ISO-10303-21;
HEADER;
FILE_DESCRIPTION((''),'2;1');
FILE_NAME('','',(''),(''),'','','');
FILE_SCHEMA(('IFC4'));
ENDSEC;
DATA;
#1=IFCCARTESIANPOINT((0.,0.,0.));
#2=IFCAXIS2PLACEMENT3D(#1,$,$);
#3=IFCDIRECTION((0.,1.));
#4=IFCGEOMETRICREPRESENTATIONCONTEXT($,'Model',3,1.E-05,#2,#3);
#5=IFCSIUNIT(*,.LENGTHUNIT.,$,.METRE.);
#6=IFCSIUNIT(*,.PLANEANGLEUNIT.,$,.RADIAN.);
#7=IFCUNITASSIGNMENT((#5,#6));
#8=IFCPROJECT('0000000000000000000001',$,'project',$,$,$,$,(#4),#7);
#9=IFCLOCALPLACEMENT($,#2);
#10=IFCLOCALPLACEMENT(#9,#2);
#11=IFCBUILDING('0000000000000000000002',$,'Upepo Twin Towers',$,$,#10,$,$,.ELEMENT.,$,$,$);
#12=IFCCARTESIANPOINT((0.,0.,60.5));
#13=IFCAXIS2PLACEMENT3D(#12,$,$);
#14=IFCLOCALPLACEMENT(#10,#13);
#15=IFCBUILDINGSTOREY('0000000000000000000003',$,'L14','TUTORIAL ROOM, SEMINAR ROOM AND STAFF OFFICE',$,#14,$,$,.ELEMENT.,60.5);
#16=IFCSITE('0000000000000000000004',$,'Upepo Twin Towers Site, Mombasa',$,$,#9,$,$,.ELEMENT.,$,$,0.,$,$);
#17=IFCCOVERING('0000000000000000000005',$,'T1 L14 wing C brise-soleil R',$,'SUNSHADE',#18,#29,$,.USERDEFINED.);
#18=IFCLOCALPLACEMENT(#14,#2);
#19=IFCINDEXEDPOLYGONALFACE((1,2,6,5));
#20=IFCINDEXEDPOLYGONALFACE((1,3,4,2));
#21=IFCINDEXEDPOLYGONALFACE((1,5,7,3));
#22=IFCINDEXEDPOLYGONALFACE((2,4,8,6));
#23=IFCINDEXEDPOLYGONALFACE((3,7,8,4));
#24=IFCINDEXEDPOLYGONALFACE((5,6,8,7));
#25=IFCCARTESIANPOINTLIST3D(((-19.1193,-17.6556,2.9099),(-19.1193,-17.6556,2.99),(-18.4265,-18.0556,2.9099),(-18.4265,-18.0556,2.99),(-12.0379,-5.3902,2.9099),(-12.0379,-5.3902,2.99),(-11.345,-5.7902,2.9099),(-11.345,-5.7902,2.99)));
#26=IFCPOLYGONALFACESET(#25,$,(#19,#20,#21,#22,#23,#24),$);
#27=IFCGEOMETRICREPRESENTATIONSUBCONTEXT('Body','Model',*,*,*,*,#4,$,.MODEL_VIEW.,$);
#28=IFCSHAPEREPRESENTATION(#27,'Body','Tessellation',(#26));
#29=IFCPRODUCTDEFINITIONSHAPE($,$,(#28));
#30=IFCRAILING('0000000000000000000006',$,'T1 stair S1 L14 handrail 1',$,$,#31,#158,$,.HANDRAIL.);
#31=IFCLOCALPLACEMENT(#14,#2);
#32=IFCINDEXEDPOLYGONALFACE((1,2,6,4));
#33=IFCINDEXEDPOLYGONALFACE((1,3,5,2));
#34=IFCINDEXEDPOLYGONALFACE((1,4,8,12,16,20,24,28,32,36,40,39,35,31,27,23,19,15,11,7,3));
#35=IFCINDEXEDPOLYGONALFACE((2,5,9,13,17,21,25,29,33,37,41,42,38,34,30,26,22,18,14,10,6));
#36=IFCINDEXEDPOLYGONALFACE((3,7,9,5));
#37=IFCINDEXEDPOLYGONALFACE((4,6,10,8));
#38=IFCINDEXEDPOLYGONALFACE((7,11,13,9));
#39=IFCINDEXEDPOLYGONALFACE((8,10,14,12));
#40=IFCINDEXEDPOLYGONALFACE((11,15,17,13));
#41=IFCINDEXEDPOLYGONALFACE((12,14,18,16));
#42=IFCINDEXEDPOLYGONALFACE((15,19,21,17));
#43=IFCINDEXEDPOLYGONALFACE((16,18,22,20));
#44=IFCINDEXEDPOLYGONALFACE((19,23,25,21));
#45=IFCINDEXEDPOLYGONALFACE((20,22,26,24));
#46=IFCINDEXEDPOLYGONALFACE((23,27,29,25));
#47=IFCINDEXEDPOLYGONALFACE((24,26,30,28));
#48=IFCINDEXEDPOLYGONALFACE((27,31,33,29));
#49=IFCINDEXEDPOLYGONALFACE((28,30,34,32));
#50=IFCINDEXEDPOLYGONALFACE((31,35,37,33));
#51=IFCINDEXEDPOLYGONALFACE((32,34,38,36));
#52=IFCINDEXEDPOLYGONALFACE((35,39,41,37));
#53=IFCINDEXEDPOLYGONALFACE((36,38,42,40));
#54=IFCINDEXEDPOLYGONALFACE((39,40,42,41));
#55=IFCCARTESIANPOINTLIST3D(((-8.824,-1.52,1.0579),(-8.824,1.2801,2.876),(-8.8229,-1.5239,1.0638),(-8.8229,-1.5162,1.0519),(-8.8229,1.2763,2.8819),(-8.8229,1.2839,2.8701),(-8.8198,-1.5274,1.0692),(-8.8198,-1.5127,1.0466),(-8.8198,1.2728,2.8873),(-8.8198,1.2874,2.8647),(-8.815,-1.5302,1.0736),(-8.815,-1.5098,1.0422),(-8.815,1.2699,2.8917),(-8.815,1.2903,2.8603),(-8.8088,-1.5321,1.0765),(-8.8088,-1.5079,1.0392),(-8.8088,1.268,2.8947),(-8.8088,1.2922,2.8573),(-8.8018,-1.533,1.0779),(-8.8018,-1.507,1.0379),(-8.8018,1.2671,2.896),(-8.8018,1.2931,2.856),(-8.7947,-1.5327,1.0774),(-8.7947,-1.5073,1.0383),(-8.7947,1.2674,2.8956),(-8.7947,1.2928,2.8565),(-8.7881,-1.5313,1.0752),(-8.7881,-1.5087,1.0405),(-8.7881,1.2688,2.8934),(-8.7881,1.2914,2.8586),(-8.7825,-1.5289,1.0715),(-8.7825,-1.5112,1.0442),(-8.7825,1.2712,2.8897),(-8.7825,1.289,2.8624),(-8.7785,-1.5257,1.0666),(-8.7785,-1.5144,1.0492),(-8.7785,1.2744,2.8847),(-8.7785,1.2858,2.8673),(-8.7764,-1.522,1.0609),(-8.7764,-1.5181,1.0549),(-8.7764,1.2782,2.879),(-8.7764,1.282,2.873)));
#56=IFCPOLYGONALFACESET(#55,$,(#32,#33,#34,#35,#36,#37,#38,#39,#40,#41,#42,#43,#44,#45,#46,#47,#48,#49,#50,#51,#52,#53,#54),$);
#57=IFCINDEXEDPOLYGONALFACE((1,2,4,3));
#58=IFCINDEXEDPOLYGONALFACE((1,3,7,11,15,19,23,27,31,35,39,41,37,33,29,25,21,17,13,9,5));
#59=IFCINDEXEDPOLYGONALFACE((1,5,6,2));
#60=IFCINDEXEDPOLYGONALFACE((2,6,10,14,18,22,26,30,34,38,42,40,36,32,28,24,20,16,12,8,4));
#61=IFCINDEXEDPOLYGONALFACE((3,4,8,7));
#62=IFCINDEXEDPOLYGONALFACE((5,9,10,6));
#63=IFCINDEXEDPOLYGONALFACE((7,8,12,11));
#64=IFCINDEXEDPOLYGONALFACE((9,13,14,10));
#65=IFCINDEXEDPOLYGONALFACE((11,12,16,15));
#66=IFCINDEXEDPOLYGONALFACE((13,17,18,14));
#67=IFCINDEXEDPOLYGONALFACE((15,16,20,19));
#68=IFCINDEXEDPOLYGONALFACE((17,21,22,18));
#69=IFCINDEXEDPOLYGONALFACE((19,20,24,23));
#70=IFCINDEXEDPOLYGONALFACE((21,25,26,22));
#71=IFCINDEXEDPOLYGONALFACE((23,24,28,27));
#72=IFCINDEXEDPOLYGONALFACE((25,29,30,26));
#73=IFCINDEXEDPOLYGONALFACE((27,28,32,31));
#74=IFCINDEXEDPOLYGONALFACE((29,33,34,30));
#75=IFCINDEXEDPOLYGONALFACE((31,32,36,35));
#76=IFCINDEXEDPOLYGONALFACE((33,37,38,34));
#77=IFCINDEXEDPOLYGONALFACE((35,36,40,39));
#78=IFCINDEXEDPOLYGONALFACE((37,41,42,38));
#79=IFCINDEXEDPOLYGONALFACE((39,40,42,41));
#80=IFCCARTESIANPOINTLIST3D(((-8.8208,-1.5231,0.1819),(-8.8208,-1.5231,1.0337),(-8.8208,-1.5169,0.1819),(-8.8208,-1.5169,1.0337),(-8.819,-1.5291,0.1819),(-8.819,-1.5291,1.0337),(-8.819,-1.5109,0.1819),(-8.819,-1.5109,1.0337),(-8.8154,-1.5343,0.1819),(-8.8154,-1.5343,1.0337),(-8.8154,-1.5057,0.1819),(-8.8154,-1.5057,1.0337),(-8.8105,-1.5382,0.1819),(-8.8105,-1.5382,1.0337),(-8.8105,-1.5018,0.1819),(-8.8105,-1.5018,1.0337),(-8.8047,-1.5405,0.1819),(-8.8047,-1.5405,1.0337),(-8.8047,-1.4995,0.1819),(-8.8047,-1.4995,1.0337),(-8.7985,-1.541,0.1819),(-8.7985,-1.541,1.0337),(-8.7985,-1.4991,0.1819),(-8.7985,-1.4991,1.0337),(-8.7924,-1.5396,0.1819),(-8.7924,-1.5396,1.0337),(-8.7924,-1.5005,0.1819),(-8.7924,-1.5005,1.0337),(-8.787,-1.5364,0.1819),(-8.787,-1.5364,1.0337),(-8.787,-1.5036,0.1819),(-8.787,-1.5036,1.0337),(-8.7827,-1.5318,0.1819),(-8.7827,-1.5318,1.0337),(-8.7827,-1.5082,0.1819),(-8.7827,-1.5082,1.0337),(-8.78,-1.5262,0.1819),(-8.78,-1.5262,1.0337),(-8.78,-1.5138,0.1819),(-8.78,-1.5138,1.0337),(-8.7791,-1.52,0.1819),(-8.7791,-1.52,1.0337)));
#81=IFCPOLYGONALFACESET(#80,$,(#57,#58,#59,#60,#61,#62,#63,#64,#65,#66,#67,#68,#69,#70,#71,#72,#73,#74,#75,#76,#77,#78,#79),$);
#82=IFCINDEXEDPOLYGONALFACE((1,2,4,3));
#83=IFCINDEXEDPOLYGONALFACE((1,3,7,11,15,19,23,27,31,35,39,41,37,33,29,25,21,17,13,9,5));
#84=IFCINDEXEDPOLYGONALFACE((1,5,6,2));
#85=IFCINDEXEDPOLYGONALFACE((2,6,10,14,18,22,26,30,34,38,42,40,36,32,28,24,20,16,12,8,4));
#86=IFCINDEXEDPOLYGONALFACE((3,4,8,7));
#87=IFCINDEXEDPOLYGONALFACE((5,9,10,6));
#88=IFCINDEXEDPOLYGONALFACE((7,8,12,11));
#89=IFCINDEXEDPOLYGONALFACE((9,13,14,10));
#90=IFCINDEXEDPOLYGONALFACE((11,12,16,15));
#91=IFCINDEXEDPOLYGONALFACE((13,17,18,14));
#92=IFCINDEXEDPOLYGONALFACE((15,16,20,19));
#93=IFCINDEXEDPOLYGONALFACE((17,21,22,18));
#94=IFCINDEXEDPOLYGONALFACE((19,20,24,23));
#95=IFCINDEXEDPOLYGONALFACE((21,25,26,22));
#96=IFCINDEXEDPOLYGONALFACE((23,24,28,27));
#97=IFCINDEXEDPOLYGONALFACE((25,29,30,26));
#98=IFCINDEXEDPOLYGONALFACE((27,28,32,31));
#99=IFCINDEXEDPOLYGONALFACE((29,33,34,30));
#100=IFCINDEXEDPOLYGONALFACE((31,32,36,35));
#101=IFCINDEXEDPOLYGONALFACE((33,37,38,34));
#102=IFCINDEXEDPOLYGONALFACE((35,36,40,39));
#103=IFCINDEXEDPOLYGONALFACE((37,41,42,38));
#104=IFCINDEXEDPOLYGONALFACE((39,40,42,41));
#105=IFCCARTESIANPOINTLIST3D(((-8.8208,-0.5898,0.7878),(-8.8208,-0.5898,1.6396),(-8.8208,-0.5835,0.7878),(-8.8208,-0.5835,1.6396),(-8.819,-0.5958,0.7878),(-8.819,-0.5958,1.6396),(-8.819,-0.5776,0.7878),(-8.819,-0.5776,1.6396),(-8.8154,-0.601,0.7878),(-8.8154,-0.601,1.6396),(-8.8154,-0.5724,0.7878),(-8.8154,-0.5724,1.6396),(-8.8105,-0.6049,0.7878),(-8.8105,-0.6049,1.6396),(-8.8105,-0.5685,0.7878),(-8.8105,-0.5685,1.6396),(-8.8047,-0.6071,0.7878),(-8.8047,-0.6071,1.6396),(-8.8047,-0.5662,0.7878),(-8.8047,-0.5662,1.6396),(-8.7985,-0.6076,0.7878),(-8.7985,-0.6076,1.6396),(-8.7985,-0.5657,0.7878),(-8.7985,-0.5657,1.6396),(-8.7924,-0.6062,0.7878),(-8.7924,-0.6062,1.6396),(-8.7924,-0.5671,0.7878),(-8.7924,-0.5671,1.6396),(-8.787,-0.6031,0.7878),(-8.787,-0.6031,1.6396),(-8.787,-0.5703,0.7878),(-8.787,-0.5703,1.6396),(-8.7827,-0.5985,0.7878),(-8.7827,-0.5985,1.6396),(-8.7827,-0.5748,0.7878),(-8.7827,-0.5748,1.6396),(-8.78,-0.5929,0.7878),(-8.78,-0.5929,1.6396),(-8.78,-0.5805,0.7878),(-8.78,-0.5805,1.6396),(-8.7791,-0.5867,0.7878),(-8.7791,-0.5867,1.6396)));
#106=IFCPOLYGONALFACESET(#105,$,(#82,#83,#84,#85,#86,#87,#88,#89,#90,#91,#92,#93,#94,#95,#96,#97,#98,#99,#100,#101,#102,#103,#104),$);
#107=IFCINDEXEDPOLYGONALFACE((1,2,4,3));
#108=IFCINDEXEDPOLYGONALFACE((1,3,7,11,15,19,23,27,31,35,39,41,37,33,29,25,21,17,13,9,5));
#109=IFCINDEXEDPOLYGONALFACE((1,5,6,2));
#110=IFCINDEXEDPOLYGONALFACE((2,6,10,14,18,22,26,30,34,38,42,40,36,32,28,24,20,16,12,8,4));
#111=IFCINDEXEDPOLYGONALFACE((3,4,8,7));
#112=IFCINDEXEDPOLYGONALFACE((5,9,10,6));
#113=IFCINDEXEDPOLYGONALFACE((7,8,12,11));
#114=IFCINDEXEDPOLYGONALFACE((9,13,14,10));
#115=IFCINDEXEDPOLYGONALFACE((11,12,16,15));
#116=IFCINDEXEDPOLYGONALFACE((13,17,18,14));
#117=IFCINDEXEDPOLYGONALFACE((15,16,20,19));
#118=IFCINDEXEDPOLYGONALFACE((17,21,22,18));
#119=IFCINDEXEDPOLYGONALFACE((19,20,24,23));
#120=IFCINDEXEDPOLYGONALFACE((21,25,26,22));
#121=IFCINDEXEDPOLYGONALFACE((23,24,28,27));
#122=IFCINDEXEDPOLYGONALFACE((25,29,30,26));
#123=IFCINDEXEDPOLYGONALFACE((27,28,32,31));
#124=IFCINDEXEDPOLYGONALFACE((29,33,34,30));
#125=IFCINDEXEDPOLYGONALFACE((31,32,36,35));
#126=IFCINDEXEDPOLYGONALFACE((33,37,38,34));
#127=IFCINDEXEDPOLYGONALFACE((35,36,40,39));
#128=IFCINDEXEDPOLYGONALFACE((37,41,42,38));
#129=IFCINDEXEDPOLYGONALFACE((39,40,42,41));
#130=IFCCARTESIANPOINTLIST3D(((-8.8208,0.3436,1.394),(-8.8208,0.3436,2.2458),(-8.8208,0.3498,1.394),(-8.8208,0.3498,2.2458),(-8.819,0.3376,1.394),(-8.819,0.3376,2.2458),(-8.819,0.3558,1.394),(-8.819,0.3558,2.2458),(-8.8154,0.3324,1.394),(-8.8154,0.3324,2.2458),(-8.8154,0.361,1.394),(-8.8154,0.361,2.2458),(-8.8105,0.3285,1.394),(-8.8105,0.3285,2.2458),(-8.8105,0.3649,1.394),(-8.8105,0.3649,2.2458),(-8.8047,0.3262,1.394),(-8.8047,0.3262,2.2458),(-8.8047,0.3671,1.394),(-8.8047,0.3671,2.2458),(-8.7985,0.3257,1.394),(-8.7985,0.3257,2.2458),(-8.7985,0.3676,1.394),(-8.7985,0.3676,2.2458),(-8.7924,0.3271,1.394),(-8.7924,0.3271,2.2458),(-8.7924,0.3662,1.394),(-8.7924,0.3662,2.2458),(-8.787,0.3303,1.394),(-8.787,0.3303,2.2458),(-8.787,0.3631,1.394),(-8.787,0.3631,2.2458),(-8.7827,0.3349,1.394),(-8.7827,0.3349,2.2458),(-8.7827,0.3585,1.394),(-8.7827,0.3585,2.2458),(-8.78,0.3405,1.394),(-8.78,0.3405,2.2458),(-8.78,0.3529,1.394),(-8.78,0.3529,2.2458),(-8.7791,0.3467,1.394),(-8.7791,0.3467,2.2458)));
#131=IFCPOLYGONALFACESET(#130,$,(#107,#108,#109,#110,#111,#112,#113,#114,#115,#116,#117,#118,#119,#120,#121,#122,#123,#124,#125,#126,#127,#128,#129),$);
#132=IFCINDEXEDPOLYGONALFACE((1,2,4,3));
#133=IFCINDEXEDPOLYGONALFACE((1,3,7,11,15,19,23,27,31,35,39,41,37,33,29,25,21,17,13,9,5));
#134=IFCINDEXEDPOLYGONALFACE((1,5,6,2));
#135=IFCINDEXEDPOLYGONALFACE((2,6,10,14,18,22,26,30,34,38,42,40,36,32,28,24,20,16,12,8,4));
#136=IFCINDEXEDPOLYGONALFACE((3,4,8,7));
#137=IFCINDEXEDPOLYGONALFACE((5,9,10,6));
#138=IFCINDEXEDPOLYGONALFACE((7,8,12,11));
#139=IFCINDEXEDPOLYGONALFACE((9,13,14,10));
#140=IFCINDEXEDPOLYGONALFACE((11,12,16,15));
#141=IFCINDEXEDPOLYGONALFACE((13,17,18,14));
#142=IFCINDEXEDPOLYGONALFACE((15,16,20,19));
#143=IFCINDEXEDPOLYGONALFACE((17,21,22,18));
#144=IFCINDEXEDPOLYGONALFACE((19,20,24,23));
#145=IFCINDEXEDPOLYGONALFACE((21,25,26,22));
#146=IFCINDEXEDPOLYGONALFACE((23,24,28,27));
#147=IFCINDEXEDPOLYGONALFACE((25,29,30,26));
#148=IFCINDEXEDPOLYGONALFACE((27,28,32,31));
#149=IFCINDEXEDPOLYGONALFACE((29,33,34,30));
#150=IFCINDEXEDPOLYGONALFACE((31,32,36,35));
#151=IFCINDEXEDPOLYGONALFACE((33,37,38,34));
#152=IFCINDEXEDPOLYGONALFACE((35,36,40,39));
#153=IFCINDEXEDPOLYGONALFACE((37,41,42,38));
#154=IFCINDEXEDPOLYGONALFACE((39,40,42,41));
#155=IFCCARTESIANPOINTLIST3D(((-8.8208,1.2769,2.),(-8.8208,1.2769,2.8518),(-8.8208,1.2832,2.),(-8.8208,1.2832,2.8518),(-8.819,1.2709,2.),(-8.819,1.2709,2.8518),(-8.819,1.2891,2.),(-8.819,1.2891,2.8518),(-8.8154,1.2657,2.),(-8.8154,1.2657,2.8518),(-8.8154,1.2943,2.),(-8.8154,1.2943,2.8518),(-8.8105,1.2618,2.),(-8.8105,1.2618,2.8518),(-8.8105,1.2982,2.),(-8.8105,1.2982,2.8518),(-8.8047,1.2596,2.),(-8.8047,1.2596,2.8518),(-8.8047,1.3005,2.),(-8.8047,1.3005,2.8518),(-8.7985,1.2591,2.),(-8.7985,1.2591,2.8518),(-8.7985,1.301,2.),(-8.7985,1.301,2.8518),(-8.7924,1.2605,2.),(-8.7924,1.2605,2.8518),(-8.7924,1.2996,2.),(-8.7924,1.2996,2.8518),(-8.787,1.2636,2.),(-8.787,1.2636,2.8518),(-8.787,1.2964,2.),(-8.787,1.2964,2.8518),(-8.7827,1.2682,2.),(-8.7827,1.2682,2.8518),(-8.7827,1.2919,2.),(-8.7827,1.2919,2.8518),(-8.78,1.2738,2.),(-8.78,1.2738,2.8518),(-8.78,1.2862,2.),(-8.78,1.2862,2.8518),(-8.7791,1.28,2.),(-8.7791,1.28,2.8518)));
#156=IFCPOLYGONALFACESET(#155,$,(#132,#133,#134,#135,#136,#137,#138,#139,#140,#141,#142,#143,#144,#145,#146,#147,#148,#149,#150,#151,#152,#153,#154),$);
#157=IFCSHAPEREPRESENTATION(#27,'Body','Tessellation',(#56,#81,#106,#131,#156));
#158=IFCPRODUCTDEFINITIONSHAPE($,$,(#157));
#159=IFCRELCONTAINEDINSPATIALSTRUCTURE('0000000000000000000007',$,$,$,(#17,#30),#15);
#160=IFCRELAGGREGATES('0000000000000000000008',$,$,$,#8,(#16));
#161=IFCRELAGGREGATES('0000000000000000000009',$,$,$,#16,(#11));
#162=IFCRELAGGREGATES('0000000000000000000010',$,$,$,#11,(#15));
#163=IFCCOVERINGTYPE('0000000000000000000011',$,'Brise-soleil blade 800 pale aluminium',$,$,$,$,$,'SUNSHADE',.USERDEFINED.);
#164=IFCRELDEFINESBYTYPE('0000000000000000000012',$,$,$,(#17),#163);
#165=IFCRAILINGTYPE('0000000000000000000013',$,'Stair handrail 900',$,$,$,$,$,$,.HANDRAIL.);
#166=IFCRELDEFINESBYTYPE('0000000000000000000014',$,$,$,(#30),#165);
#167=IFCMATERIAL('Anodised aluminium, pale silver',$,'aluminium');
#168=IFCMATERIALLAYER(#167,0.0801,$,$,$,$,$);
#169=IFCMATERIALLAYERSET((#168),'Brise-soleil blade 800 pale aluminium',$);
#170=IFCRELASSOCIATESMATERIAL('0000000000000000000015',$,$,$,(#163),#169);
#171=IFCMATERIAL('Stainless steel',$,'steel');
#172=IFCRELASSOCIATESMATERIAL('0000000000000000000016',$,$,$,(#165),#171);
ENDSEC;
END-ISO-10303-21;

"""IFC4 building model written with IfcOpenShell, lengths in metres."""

from ifc_helpers import new_model, si_unit, direction, frame, origin, origin_2d, place, context, subcontext, project, spatial, rectangle, circle, extrude, material, layer, layer_set, type_object, element, save


model = new_model("IFC4")

# Units and contexts
model_context = context("Model", 3, precision=1e-05, world=origin(), true_north=direction((0.0, 1.0)))
body_context = subcontext(model_context, "Body", "Model", "MODEL_VIEW")
ifc_project = project(units=[si_unit("LENGTHUNIT", "METRE"), si_unit("PLANEANGLEUNIT", "RADIAN")], contexts=[model_context])

# Site, building, storey
site_placement = place(None, origin())
site = spatial("IfcSite", under=ifc_project, at=site_placement, Name="Upepo Twin Towers Site, Mombasa", CompositionType="ELEMENT", RefElevation=0.0)
building_placement = place(site_placement, origin())
building = spatial("IfcBuilding", under=site, at=building_placement, Name="Upepo Twin Towers", CompositionType="ELEMENT")
storey_placement = place(building_placement, frame((0.0, 0.0, 60.5)))
storey = spatial("IfcBuildingStorey", under=building, at=storey_placement, Name="L14", Description="TUTORIAL ROOM, SEMINAR ROOM AND STAFF OFFICE", CompositionType="ELEMENT", Elevation=60.5)

# Covering
ifc_material_1 = material(Name="Anodised aluminium, pale silver", Category="aluminium")
ifc_layer_1 = layer(ifc_material_1, 0.0801)
ifc_layer_set_1 = layer_set([ifc_layer_1], Name="Brise-soleil blade 800 pale aluminium")
covering_type = type_object("IfcCoveringType", Name="Brise-soleil blade 800 pale aluminium", ElementType="SUNSHADE", PredefinedType="USERDEFINED", material=ifc_layer_set_1)
covering_placement = place(storey_placement, frame((-15.2322, -11.7229, 2.9099), z_axis=(0.0, 0.0, 1.0), x_axis=(-0.5, -0.866025, 0.0)))
element("IfcCovering", 1, at=covering_placement, inside=storey, type_object=covering_type, Name="T1 L14 wing C brise-soleil R", ObjectType="SUNSHADE", PredefinedType="USERDEFINED", context=body_context, shape_type="SweptSolid", body=[
    extrude(rectangle(XDim=14.1628, YDim=0.8, at=origin_2d()), origin(), (0.0, 0.0, 1.0), 0.0801),
])

# Railing
ifc_material_2 = material(Name="Stainless steel", Category="steel")
railing_type = type_object("IfcRailingType", Name="Stair handrail 900", PredefinedType="HANDRAIL", material=ifc_material_2)
railing_placement = place(storey_placement, frame((-8.8, -1.52, 0.1819)))
element("IfcRailing", 2, at=railing_placement, inside=storey, type_object=railing_type, Name="T1 stair S1 L14 handrail 1", PredefinedType="HANDRAIL", context=body_context, shape_type="SweptSolid", body=[
    extrude(circle(Radius=0.0239, at=origin_2d()), frame((0.0, 0.0, 0.876), z_axis=(0.0, 0.838706, 0.544585), x_axis=(-1.0, 0.0, 0.0)), (0.0, 0.0, 1.0), 3.3386),
    extrude(circle(Radius=0.021, at=origin_2d()), origin(), (0.0, 0.0, 1.0), 0.8518),
    extrude(circle(Radius=0.021, at=origin_2d()), frame((0.0, 0.9333, 0.606)), (0.0, 0.0, 1.0), 0.8518),
    extrude(circle(Radius=0.021, at=origin_2d()), frame((0.0, 1.8667, 1.2122)), (0.0, 0.0, 1.0), 0.8518),
    extrude(circle(Radius=0.021, at=origin_2d()), frame((0.0, 2.8, 1.8181)), (0.0, 0.0, 1.0), 0.8518),
])

save(model, "model.ifc")
